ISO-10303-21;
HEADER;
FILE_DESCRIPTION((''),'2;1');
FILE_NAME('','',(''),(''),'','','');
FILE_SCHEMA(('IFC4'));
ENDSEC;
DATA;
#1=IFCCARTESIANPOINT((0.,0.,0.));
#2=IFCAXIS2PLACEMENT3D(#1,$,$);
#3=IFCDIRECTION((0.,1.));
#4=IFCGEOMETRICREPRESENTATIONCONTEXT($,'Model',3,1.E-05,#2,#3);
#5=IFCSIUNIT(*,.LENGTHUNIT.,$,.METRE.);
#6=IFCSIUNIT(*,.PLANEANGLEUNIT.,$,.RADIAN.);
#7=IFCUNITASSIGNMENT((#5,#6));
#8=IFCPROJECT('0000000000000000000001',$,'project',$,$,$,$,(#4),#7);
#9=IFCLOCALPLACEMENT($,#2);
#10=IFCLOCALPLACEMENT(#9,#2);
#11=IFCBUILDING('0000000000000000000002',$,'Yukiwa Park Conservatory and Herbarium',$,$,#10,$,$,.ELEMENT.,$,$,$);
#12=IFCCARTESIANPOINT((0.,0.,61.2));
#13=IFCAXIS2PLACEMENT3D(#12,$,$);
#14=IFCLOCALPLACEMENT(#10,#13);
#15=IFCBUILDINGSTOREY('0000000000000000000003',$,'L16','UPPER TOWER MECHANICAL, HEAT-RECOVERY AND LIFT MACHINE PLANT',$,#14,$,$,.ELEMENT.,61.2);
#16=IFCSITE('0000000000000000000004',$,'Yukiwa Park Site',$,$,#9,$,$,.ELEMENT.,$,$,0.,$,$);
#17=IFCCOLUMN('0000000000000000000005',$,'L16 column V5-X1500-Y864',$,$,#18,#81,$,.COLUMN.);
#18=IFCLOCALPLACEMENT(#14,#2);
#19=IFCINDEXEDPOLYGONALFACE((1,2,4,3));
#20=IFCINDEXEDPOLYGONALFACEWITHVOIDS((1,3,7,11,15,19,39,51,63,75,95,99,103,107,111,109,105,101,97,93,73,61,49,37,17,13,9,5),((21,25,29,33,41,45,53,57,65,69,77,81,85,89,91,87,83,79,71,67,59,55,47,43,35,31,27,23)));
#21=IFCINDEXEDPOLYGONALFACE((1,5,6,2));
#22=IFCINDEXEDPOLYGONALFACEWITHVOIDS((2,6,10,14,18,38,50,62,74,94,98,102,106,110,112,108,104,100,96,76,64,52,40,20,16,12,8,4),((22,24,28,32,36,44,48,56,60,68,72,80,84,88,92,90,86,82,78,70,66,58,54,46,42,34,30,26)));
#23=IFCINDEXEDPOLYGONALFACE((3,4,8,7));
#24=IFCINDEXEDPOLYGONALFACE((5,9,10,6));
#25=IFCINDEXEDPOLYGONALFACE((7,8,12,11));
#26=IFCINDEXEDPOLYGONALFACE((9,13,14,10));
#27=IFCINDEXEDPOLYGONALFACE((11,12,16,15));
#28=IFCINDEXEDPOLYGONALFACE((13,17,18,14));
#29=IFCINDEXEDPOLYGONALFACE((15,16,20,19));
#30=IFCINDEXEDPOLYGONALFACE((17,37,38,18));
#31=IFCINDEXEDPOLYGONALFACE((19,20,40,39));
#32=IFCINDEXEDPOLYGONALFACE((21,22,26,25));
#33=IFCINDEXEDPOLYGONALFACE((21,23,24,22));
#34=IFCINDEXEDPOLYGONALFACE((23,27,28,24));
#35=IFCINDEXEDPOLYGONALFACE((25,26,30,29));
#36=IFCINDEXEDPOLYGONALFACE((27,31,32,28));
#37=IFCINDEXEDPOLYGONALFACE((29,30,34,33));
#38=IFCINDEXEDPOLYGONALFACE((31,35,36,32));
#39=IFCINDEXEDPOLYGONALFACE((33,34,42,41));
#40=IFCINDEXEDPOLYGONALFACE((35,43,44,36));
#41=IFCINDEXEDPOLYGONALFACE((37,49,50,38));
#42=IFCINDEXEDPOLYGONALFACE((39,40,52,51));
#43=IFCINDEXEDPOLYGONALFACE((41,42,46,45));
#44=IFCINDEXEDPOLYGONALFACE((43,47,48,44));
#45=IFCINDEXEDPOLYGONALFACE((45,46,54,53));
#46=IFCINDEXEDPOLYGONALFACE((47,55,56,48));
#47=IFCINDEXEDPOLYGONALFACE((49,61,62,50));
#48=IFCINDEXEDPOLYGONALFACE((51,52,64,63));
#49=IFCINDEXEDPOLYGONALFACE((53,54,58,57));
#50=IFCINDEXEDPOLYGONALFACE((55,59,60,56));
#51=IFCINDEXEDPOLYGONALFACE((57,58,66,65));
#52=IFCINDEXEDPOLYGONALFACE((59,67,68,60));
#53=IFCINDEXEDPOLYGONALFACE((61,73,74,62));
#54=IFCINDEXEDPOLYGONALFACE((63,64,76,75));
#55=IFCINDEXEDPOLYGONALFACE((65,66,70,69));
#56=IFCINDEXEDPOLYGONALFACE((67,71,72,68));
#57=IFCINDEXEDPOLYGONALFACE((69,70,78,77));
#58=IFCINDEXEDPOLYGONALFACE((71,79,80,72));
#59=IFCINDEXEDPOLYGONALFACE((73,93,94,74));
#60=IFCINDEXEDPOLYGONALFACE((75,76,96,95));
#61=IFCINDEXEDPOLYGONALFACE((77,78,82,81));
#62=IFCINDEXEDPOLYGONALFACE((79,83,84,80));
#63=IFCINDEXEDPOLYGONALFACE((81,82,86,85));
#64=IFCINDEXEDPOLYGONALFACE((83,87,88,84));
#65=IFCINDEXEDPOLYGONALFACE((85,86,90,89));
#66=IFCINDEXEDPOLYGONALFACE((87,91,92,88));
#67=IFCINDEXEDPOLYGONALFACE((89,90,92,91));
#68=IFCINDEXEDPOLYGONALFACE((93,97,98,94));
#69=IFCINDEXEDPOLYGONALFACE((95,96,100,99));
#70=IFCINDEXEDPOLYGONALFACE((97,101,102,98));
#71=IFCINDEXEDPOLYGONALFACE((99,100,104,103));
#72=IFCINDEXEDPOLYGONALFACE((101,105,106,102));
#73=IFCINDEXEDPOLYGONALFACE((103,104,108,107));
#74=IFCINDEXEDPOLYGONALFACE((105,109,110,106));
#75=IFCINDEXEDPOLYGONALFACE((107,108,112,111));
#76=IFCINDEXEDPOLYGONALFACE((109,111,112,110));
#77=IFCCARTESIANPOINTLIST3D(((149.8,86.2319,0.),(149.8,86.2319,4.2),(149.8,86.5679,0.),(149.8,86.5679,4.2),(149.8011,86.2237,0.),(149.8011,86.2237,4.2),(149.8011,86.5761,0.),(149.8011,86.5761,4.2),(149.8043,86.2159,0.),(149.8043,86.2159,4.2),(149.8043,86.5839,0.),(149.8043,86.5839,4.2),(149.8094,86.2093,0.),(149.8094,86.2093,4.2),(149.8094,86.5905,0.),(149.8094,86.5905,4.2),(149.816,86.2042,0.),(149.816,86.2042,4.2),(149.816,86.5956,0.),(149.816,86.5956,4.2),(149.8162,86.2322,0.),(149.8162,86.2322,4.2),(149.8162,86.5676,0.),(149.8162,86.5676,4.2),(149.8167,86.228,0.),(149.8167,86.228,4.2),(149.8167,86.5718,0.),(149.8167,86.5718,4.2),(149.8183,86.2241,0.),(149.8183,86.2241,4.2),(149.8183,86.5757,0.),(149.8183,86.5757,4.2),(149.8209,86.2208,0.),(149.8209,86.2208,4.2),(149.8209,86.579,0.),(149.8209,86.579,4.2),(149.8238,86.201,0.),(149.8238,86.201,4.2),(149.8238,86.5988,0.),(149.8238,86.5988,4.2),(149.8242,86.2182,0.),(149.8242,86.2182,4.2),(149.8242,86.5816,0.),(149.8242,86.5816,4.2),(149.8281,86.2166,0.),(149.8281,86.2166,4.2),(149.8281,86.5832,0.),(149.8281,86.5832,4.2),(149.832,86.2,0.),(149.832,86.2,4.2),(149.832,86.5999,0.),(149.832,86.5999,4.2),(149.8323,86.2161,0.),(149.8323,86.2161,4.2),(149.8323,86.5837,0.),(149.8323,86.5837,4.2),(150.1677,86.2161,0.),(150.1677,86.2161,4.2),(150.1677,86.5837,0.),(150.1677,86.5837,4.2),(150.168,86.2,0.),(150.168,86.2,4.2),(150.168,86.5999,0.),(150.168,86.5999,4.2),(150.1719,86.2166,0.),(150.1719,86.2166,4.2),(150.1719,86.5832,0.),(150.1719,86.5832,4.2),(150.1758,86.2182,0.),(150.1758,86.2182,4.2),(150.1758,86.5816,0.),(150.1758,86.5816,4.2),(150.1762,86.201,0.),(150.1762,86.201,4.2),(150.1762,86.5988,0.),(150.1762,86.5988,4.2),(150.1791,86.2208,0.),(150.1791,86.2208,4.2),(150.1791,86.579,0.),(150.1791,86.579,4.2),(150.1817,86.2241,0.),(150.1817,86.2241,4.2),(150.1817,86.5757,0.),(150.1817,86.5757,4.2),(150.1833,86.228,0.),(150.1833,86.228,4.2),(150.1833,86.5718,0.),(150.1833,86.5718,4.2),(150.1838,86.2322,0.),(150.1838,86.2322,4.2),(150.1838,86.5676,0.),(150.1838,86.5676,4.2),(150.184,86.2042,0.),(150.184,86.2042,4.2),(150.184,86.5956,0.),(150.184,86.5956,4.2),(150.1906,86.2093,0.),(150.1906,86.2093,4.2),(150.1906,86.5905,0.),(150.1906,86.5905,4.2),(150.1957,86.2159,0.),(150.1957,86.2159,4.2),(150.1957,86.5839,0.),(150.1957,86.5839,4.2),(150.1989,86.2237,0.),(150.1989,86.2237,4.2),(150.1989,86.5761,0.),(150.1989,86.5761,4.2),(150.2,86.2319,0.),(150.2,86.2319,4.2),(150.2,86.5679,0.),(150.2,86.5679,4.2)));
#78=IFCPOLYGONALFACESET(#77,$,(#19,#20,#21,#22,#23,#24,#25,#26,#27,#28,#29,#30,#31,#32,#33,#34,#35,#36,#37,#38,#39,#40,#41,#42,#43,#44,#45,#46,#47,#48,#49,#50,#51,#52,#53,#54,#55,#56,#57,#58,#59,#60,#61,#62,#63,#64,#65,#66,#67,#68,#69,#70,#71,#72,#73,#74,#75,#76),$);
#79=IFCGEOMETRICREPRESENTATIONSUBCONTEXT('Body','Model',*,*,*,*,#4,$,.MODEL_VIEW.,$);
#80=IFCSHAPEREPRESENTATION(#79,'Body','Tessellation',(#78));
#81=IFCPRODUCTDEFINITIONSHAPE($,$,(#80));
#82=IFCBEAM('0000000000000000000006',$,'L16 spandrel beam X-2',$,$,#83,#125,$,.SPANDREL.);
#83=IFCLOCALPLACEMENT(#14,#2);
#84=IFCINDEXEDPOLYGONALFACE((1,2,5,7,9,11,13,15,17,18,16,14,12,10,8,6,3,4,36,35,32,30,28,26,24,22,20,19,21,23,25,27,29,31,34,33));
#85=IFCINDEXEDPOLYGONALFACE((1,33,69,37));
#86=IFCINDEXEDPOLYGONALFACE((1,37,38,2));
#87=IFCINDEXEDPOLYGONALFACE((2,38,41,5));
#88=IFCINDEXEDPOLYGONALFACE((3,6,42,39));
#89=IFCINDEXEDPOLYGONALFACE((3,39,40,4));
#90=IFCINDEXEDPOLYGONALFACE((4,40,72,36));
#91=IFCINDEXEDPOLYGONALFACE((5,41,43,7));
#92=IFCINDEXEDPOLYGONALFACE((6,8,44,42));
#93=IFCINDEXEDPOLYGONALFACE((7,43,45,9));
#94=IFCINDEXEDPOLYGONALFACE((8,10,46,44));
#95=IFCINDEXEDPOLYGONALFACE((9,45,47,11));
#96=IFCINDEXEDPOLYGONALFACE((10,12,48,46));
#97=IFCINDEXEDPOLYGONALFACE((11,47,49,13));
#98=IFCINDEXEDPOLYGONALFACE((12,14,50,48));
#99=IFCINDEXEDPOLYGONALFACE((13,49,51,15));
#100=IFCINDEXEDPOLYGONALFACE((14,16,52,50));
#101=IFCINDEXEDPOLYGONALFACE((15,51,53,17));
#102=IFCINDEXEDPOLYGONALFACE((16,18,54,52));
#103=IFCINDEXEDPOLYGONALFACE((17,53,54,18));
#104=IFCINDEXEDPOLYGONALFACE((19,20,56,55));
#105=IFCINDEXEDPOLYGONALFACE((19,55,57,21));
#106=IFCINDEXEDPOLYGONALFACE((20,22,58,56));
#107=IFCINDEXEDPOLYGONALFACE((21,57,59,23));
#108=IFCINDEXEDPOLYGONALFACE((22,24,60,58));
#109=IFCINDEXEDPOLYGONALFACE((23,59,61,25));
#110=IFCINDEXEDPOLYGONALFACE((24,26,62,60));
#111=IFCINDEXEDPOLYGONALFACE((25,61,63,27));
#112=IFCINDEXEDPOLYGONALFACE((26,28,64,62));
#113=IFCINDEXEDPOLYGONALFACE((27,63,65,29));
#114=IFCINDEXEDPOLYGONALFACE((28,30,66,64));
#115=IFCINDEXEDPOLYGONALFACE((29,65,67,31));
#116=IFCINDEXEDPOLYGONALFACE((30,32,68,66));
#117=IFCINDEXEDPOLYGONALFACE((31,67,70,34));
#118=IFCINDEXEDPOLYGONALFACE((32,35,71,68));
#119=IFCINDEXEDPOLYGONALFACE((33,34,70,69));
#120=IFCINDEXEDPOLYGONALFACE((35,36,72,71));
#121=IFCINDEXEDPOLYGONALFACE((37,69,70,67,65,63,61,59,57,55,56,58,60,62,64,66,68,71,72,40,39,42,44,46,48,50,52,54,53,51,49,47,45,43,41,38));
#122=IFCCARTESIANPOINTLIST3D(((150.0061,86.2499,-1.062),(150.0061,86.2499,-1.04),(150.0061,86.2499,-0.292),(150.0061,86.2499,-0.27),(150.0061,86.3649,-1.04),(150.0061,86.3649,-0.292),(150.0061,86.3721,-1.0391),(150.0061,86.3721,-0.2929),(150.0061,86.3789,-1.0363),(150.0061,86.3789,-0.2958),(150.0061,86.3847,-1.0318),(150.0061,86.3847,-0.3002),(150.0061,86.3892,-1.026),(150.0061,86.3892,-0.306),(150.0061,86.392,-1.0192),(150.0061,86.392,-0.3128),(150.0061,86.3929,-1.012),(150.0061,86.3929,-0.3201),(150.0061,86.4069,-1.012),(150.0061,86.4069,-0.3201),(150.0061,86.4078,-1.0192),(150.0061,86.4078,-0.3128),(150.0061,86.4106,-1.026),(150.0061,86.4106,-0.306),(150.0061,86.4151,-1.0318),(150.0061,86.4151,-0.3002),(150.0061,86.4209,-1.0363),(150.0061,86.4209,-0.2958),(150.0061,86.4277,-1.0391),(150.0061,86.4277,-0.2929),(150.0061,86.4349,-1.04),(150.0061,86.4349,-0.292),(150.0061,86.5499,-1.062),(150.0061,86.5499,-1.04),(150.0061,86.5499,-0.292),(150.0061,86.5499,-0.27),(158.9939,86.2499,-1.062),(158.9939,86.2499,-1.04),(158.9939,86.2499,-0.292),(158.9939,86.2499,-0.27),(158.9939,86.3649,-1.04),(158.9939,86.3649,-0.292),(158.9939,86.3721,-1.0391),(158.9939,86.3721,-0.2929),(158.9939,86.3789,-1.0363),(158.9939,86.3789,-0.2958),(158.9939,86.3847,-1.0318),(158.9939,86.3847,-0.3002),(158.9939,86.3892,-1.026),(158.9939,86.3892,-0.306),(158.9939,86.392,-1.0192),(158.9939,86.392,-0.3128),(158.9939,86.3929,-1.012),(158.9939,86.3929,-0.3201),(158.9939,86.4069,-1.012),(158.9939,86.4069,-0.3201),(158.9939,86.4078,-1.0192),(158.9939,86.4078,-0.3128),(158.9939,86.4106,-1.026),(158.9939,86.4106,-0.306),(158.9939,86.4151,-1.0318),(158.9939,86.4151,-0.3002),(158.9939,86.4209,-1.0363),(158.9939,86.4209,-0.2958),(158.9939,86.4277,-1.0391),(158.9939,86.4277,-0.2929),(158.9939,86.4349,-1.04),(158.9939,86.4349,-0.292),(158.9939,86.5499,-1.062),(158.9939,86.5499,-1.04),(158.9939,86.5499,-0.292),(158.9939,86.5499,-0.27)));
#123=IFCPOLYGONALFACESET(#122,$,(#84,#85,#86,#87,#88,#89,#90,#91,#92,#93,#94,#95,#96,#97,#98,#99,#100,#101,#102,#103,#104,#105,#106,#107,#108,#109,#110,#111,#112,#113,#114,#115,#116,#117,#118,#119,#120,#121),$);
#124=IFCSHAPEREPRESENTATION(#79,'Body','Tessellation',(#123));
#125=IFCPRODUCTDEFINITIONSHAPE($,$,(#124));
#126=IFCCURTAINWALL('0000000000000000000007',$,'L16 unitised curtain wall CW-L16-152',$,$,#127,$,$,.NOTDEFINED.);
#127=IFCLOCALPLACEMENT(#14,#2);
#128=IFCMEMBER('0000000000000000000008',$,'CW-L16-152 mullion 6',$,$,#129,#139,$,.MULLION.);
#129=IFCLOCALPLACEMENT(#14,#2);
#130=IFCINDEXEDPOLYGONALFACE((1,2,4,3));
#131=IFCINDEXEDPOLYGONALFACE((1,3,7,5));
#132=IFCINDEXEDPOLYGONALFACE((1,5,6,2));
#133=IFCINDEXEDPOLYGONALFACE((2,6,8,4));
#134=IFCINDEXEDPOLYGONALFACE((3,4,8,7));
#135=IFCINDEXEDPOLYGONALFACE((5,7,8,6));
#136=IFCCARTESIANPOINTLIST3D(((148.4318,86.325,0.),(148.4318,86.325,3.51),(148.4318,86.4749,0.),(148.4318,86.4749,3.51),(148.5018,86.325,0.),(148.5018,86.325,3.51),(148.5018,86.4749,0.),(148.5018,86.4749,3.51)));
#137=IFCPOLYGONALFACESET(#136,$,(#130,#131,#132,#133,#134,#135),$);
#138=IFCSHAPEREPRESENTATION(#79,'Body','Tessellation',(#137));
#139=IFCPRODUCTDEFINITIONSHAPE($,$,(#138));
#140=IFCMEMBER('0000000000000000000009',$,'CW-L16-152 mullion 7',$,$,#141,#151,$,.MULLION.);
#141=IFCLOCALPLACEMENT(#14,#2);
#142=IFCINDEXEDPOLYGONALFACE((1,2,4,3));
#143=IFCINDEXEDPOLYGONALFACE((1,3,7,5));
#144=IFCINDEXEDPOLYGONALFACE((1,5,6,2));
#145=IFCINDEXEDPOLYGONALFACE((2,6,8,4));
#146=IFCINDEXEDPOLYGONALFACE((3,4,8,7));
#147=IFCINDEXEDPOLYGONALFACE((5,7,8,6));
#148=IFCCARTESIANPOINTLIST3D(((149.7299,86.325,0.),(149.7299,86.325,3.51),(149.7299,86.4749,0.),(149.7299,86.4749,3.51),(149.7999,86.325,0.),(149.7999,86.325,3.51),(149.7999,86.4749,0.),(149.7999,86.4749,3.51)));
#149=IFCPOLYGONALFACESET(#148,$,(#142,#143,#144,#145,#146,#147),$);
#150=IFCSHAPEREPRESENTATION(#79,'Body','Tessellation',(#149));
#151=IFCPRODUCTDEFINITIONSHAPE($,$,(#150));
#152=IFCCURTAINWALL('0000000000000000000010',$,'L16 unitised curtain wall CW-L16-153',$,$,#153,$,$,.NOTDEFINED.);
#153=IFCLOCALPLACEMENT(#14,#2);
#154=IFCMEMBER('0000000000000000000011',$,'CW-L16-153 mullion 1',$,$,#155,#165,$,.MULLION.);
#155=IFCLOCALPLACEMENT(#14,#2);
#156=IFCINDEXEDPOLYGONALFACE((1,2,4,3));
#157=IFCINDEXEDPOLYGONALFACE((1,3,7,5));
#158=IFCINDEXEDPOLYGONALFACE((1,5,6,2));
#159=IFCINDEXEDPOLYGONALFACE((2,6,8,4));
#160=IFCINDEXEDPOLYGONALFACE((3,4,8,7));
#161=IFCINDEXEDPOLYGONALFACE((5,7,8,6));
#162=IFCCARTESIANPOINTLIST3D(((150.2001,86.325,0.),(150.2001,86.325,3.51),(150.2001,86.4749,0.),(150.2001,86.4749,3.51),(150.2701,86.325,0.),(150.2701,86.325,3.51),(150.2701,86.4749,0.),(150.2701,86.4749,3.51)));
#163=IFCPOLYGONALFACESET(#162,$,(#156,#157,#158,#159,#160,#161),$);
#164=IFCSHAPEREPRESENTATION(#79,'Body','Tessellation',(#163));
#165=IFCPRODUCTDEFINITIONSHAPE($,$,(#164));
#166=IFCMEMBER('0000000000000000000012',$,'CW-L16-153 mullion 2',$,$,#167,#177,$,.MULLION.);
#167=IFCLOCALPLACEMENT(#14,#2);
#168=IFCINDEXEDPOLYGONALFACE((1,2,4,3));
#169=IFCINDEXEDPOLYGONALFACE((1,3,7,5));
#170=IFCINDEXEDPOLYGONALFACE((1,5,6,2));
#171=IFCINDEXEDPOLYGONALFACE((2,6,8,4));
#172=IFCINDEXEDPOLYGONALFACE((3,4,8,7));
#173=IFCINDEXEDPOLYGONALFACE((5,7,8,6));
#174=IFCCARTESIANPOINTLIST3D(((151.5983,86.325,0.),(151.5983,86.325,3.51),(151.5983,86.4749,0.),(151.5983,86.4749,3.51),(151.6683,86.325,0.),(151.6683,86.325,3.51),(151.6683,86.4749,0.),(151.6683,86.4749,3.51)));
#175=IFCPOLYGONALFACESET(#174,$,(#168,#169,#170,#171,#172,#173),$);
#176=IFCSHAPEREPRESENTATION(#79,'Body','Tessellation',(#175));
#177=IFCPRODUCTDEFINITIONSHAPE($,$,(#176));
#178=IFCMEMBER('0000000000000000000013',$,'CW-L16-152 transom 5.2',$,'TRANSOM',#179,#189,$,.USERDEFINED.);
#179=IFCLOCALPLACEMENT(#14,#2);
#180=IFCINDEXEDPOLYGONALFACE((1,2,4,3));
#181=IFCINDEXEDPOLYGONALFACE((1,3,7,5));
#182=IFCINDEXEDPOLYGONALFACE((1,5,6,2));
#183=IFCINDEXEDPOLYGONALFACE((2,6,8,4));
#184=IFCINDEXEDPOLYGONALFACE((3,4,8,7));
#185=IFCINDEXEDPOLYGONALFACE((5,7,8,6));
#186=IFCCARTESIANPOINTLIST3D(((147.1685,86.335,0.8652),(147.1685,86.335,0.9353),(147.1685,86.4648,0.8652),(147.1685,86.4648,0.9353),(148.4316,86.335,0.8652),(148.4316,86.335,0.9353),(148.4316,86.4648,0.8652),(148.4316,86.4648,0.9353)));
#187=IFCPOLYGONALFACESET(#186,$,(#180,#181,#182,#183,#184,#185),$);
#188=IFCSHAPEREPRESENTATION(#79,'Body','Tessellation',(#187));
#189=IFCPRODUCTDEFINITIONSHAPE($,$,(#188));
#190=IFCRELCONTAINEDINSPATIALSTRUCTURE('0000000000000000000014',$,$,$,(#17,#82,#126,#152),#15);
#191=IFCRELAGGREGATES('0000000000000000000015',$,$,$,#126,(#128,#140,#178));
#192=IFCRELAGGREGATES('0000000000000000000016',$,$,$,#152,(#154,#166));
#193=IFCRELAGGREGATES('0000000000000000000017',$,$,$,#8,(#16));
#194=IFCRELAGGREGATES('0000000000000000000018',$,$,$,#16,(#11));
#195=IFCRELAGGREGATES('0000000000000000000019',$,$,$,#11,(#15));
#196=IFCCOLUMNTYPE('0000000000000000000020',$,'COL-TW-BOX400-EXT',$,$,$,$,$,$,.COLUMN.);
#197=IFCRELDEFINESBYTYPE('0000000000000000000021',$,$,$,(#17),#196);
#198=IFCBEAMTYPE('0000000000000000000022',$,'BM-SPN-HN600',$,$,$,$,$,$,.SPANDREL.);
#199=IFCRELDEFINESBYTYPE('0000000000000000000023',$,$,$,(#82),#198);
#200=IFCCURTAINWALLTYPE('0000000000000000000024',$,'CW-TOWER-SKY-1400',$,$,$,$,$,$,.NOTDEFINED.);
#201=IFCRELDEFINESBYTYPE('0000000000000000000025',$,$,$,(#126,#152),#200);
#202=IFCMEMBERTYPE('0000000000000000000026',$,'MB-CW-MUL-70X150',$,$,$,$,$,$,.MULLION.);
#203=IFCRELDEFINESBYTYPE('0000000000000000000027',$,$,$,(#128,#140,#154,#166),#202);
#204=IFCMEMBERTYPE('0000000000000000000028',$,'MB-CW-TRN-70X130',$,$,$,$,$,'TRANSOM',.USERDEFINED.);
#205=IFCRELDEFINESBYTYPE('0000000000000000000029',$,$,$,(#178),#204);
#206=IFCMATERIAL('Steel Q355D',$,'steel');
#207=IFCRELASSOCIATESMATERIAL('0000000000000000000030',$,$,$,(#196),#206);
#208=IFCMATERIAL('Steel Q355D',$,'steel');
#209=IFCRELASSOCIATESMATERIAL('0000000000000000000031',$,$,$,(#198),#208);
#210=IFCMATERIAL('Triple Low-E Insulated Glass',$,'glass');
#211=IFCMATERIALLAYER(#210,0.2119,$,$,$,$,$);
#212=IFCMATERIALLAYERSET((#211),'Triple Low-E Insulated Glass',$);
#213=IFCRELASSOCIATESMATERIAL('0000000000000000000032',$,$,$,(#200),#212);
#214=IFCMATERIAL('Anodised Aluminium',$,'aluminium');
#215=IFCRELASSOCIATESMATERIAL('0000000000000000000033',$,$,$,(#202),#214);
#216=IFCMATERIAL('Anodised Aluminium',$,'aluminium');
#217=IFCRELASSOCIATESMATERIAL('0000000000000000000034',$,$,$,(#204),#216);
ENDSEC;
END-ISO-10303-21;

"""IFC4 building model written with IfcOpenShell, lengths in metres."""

from ifc_helpers import new_model, si_unit, direction, frame, origin, origin_2d, place, context, subcontext, project, spatial, rectangle, hollow_rectangle, i_section, extrude, material, layer, layer_set, material_profile, profile_set, type_object, element, aggregate, save


model = new_model("IFC4")

# Units and contexts
model_context = context("Model", 3, precision=1e-05, world=origin(), true_north=direction((0.0, 1.0)))
body_context = subcontext(model_context, "Body", "Model", "MODEL_VIEW")
ifc_project = project(units=[si_unit("LENGTHUNIT", "METRE"), si_unit("PLANEANGLEUNIT", "RADIAN")], contexts=[model_context])

# Site, building, storey
site_placement = place(None, origin())
site = spatial("IfcSite", under=ifc_project, at=site_placement, Name="Yukiwa Park Site", CompositionType="ELEMENT", RefElevation=0.0)
building_placement = place(site_placement, origin())
building = spatial("IfcBuilding", under=site, at=building_placement, Name="Yukiwa Park Conservatory and Herbarium", CompositionType="ELEMENT")
storey_placement = place(building_placement, frame((0.0, 0.0, 61.2)))
storey = spatial("IfcBuildingStorey", under=building, at=storey_placement, Name="L16", Description="UPPER TOWER MECHANICAL, HEAT-RECOVERY AND LIFT MACHINE PLANT", CompositionType="ELEMENT", Elevation=61.2)

# Column
ifc_material_1 = material(Name="Steel Q355D", Category="steel")
ifc_material_profile_1 = material_profile(ifc_material_1, hollow_rectangle(XDim=0.3999, YDim=0.3999, WallThickness=0.0161, InnerFilletRadius=0.0161, OuterFilletRadius=0.032, at=origin_2d()), Name="BOX 400x400x16")
ifc_profile_set_1 = profile_set([ifc_material_profile_1], Name="Steel Q355D")
column_type = type_object("IfcColumnType", Name="COL-TW-BOX400-EXT", PredefinedType="COLUMN", material=ifc_profile_set_1)
column_placement = place(storey_placement, frame((150.0, 86.3999, 0.0), z_axis=(0.0, 0.0, 1.0), x_axis=(1.0, 0.0, 0.0)))
element("IfcColumn", 1, at=column_placement, inside=storey, type_object=column_type, Name="L16 column V5-X1500-Y864", PredefinedType="COLUMN", context=body_context, shape_type="SweptSolid", body=[
    extrude(hollow_rectangle(XDim=0.3999, YDim=0.3999, WallThickness=0.0161, InnerFilletRadius=0.0161, OuterFilletRadius=0.032, at=origin_2d()), origin(), (0.0, 0.0, 1.0), 4.2),
])

# Beam
ifc_material_2 = material(Name="Steel Q355D", Category="steel")
ifc_material_profile_2 = material_profile(ifc_material_2, i_section(OverallWidth=0.3, OverallDepth=0.792, WebThickness=0.0139, FlangeThickness=0.022, FilletRadius=0.0281, at=origin_2d()), Name="HN 792x300x14x22")
ifc_profile_set_2 = profile_set([ifc_material_profile_2], Name="Steel Q355D")
beam_type = type_object("IfcBeamType", Name="BM-SPN-HN600", PredefinedType="SPANDREL", material=ifc_profile_set_2)
beam_placement = place(storey_placement, frame((150.0061, 86.3999, -0.666), z_axis=(1.0, 0.0, 0.0), x_axis=(0.0, 1.0, 0.0)))
element("IfcBeam", 2, at=beam_placement, inside=storey, type_object=beam_type, Name="L16 spandrel beam X-2", PredefinedType="SPANDREL", context=body_context, shape_type="SweptSolid", body=[
    extrude(i_section(OverallWidth=0.3, OverallDepth=0.792, WebThickness=0.0139, FlangeThickness=0.022, FilletRadius=0.0281, at=origin_2d()), origin(), (0.0, 0.0, 1.0), 8.9878),
])

# Curtain walls, members
ifc_material_3 = material(Name="Triple Low-E Insulated Glass", Category="glass")
ifc_layer_1 = layer(ifc_material_3, 0.2119)
ifc_layer_set_1 = layer_set([ifc_layer_1], Name="Triple Low-E Insulated Glass")
curtain_wall_type = type_object("IfcCurtainWallType", Name="CW-TOWER-SKY-1400", PredefinedType="NOTDEFINED", material=ifc_layer_set_1)
curtain_wall_1_placement = place(storey_placement, origin())
curtain_wall_1 = element("IfcCurtainWall", 3, at=curtain_wall_1_placement, inside=storey, type_object=curtain_wall_type, Name="L16 unitised curtain wall CW-L16-152", PredefinedType="NOTDEFINED")
ifc_material_4 = material(Name="Anodised Aluminium", Category="aluminium")
member_type_1 = type_object("IfcMemberType", Name="MB-CW-MUL-70X150", PredefinedType="MULLION", material=ifc_material_4)
member_1_placement = place(storey_placement, frame((148.4668, 86.3999, 0.0), z_axis=(0.0, 0.0, 1.0), x_axis=(1.0, 0.0, 0.0)))
member_1 = element("IfcMember", 4, at=member_1_placement, type_object=member_type_1, Name="CW-L16-152 mullion 6", PredefinedType="MULLION", context=body_context, shape_type="SweptSolid", body=[
    extrude(rectangle(XDim=0.0701, YDim=0.1499, at=origin_2d()), origin(), (0.0, 0.0, 1.0), 3.51),
])
member_2_placement = place(storey_placement, frame((149.7649, 86.3999, 0.0), z_axis=(0.0, 0.0, 1.0), x_axis=(1.0, 0.0, 0.0)))
member_2 = element("IfcMember", 5, at=member_2_placement, type_object=member_type_1, Name="CW-L16-152 mullion 7", PredefinedType="MULLION", context=body_context, shape_type="SweptSolid", body=[
    extrude(rectangle(XDim=0.0701, YDim=0.1499, at=origin_2d()), origin(), (0.0, 0.0, 1.0), 3.51),
])
curtain_wall_2_placement = place(storey_placement, origin())
curtain_wall_2 = element("IfcCurtainWall", 6, at=curtain_wall_2_placement, inside=storey, type_object=curtain_wall_type, Name="L16 unitised curtain wall CW-L16-153", PredefinedType="NOTDEFINED")
member_3_placement = place(storey_placement, frame((150.2351, 86.3999, 0.0), z_axis=(0.0, 0.0, 1.0), x_axis=(1.0, 0.0, 0.0)))
member_3 = element("IfcMember", 7, at=member_3_placement, type_object=member_type_1, Name="CW-L16-153 mullion 1", PredefinedType="MULLION", context=body_context, shape_type="SweptSolid", body=[
    extrude(rectangle(XDim=0.0701, YDim=0.1499, at=origin_2d()), origin(), (0.0, 0.0, 1.0), 3.51),
])
member_4_placement = place(storey_placement, frame((151.6333, 86.3999, 0.0), z_axis=(0.0, 0.0, 1.0), x_axis=(1.0, 0.0, 0.0)))
member_4 = element("IfcMember", 8, at=member_4_placement, type_object=member_type_1, Name="CW-L16-153 mullion 2", PredefinedType="MULLION", context=body_context, shape_type="SweptSolid", body=[
    extrude(rectangle(XDim=0.0701, YDim=0.1499, at=origin_2d()), origin(), (0.0, 0.0, 1.0), 3.51),
])

# Member
ifc_material_5 = material(Name="Anodised Aluminium", Category="aluminium")
member_type_2 = type_object("IfcMemberType", Name="MB-CW-TRN-70X130", ElementType="TRANSOM", PredefinedType="USERDEFINED", material=ifc_material_5)
member_5_placement = place(storey_placement, frame((147.8, 86.3999, 0.8652), z_axis=(0.0, 0.0, 1.0), x_axis=(1.0, 0.0, 0.0)))
member_5 = element("IfcMember", 9, at=member_5_placement, type_object=member_type_2, Name="CW-L16-152 transom 5.2", ObjectType="TRANSOM", PredefinedType="USERDEFINED", context=body_context, shape_type="SweptSolid", body=[
    extrude(rectangle(XDim=1.2632, YDim=0.1299, at=origin_2d()), origin(), (0.0, 0.0, 1.0), 0.0701),
])

aggregate(curtain_wall_1, [member_1, member_2, member_5])
aggregate(curtain_wall_2, [member_3, member_4])

save(model, "model.ifc")
